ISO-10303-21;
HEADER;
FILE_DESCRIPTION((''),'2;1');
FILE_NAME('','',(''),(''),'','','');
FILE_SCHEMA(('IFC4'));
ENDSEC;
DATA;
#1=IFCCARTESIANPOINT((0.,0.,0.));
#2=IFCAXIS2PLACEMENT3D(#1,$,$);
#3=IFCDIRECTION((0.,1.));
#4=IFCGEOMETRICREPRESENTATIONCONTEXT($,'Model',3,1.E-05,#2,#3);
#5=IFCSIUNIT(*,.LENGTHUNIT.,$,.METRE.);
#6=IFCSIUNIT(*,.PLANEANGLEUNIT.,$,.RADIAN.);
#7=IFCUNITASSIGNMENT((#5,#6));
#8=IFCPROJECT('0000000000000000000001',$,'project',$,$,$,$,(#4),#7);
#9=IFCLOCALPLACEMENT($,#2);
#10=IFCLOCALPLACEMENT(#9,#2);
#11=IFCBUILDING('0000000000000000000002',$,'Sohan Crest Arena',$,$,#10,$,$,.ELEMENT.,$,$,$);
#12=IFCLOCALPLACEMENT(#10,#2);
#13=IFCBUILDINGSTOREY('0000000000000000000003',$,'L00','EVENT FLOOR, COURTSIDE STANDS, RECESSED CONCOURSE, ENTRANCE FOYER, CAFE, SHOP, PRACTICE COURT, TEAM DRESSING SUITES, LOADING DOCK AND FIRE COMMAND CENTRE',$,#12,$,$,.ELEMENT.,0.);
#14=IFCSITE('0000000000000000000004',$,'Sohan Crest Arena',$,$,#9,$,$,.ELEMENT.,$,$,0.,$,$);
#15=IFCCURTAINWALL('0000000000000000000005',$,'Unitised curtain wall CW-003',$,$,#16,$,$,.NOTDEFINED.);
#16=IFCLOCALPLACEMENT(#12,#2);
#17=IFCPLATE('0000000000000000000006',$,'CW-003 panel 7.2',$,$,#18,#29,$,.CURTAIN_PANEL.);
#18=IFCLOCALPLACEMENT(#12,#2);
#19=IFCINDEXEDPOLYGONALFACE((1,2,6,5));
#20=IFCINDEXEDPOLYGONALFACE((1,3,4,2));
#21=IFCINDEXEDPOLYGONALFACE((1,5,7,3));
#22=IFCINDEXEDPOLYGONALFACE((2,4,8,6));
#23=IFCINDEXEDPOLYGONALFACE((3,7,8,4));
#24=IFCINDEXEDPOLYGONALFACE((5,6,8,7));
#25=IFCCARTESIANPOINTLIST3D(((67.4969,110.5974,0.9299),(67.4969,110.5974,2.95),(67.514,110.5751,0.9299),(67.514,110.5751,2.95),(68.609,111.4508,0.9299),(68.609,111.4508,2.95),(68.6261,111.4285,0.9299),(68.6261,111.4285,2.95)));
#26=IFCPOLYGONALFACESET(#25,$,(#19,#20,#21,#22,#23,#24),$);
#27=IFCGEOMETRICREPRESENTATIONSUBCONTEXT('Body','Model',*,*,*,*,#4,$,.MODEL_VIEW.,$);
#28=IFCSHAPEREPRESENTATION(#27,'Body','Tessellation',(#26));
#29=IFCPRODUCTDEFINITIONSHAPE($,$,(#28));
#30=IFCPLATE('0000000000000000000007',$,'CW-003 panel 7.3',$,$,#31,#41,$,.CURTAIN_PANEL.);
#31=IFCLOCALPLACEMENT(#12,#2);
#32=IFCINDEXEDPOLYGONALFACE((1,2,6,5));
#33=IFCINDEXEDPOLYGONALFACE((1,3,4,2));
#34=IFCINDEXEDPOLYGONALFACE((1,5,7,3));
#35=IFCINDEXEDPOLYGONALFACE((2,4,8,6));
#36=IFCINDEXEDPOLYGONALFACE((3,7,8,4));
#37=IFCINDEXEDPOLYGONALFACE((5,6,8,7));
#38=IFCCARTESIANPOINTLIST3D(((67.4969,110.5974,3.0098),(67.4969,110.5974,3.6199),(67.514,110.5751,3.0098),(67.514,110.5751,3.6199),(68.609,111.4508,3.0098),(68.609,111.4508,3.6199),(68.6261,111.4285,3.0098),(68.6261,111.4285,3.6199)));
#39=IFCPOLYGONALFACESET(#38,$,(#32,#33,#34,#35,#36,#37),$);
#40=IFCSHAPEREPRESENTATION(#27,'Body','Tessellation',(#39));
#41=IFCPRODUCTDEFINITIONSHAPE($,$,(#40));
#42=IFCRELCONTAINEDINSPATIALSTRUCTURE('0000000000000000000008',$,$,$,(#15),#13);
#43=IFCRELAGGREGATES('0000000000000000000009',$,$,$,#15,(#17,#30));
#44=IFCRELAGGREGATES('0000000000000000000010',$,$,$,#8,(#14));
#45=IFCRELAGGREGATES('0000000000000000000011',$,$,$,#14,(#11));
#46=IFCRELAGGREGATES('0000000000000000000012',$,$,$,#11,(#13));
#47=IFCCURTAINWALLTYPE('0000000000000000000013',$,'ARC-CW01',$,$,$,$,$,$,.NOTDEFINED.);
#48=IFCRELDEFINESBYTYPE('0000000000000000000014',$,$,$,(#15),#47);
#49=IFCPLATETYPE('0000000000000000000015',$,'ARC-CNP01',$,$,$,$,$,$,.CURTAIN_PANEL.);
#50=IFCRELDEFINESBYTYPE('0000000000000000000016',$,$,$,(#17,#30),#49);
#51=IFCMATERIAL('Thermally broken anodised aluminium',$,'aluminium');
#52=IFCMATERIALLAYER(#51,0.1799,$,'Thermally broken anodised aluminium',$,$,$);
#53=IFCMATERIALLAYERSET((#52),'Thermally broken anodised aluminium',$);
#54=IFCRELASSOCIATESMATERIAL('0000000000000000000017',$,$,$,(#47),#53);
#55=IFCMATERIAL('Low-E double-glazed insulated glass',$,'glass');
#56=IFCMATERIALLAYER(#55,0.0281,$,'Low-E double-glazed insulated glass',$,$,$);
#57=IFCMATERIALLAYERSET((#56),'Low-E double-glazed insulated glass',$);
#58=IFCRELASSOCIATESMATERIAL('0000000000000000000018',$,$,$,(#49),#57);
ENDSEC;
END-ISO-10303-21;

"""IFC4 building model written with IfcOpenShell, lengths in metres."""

from ifc_helpers import new_model, si_unit, direction, frame, origin, origin_2d, place, context, subcontext, project, spatial, rectangle, extrude, material, layer, layer_set, type_object, element, aggregate, save


model = new_model("IFC4")

# Units and contexts
model_context = context("Model", 3, precision=1e-05, world=origin(), true_north=direction((0.0, 1.0)))
body_context = subcontext(model_context, "Body", "Model", "MODEL_VIEW")
ifc_project = project(units=[si_unit("LENGTHUNIT", "METRE"), si_unit("PLANEANGLEUNIT", "RADIAN")], contexts=[model_context])

# Site, building, storey
site_placement = place(None, origin())
site = spatial("IfcSite", under=ifc_project, at=site_placement, Name="Sohan Crest Arena", CompositionType="ELEMENT", RefElevation=0.0)
building_placement = place(site_placement, origin())
building = spatial("IfcBuilding", under=site, at=building_placement, Name="Sohan Crest Arena", CompositionType="ELEMENT")
storey_placement = place(building_placement, origin())
storey = spatial("IfcBuildingStorey", under=building, at=storey_placement, Name="L00", Description="EVENT FLOOR, COURTSIDE STANDS, RECESSED CONCOURSE, ENTRANCE FOYER, CAFE, SHOP, PRACTICE COURT, TEAM DRESSING SUITES, LOADING DOCK AND FIRE COMMAND CENTRE", CompositionType="ELEMENT", Elevation=0.0)

# Curtain wall
ifc_material_1 = material(Name="Thermally broken anodised aluminium", Category="aluminium")
ifc_layer_1 = layer(ifc_material_1, 0.1799, Name="Thermally broken anodised aluminium")
ifc_layer_set_1 = layer_set([ifc_layer_1], Name="Thermally broken anodised aluminium")
curtain_wall_type = type_object("IfcCurtainWallType", Name="ARC-CW01", PredefinedType="NOTDEFINED", material=ifc_layer_set_1)
curtain_wall_placement = place(storey_placement, origin())
curtain_wall = element("IfcCurtainWall", 1, at=curtain_wall_placement, inside=storey, type_object=curtain_wall_type, Name="Unitised curtain wall CW-003", PredefinedType="NOTDEFINED")

# Plates
ifc_material_2 = material(Name="Low-E double-glazed insulated glass", Category="glass")
ifc_layer_2 = layer(ifc_material_2, 0.0281, Name="Low-E double-glazed insulated glass")
ifc_layer_set_2 = layer_set([ifc_layer_2], Name="Low-E double-glazed insulated glass")
plate_type = type_object("IfcPlateType", Name="ARC-CNP01", PredefinedType="CURTAIN_PANEL", material=ifc_layer_set_2)
plate_1_placement = place(storey_placement, frame((68.0615, 111.0129, 0.9299), z_axis=(0.0, 0.0, 1.0), x_axis=(-0.793323, -0.608801, 0.0)))
plate_1 = element("IfcPlate", 2, at=plate_1_placement, type_object=plate_type, Name="CW-003 panel 7.2", PredefinedType="CURTAIN_PANEL", context=body_context, shape_type="SweptSolid", body=[
    extrude(rectangle(XDim=1.4019, YDim=0.0281, at=origin_2d()), origin(), (0.0, 0.0, 1.0), 2.02),
])
plate_2_placement = place(storey_placement, frame((68.0615, 111.0129, 3.0098), z_axis=(0.0, 0.0, 1.0), x_axis=(-0.793323, -0.608801, 0.0)))
plate_2 = element("IfcPlate", 3, at=plate_2_placement, type_object=plate_type, Name="CW-003 panel 7.3", PredefinedType="CURTAIN_PANEL", context=body_context, shape_type="SweptSolid", body=[
    extrude(rectangle(XDim=1.4019, YDim=0.0281, at=origin_2d()), origin(), (0.0, 0.0, 1.0), 0.6101),
])
aggregate(curtain_wall, [plate_1, plate_2])

save(model, "model.ifc")
